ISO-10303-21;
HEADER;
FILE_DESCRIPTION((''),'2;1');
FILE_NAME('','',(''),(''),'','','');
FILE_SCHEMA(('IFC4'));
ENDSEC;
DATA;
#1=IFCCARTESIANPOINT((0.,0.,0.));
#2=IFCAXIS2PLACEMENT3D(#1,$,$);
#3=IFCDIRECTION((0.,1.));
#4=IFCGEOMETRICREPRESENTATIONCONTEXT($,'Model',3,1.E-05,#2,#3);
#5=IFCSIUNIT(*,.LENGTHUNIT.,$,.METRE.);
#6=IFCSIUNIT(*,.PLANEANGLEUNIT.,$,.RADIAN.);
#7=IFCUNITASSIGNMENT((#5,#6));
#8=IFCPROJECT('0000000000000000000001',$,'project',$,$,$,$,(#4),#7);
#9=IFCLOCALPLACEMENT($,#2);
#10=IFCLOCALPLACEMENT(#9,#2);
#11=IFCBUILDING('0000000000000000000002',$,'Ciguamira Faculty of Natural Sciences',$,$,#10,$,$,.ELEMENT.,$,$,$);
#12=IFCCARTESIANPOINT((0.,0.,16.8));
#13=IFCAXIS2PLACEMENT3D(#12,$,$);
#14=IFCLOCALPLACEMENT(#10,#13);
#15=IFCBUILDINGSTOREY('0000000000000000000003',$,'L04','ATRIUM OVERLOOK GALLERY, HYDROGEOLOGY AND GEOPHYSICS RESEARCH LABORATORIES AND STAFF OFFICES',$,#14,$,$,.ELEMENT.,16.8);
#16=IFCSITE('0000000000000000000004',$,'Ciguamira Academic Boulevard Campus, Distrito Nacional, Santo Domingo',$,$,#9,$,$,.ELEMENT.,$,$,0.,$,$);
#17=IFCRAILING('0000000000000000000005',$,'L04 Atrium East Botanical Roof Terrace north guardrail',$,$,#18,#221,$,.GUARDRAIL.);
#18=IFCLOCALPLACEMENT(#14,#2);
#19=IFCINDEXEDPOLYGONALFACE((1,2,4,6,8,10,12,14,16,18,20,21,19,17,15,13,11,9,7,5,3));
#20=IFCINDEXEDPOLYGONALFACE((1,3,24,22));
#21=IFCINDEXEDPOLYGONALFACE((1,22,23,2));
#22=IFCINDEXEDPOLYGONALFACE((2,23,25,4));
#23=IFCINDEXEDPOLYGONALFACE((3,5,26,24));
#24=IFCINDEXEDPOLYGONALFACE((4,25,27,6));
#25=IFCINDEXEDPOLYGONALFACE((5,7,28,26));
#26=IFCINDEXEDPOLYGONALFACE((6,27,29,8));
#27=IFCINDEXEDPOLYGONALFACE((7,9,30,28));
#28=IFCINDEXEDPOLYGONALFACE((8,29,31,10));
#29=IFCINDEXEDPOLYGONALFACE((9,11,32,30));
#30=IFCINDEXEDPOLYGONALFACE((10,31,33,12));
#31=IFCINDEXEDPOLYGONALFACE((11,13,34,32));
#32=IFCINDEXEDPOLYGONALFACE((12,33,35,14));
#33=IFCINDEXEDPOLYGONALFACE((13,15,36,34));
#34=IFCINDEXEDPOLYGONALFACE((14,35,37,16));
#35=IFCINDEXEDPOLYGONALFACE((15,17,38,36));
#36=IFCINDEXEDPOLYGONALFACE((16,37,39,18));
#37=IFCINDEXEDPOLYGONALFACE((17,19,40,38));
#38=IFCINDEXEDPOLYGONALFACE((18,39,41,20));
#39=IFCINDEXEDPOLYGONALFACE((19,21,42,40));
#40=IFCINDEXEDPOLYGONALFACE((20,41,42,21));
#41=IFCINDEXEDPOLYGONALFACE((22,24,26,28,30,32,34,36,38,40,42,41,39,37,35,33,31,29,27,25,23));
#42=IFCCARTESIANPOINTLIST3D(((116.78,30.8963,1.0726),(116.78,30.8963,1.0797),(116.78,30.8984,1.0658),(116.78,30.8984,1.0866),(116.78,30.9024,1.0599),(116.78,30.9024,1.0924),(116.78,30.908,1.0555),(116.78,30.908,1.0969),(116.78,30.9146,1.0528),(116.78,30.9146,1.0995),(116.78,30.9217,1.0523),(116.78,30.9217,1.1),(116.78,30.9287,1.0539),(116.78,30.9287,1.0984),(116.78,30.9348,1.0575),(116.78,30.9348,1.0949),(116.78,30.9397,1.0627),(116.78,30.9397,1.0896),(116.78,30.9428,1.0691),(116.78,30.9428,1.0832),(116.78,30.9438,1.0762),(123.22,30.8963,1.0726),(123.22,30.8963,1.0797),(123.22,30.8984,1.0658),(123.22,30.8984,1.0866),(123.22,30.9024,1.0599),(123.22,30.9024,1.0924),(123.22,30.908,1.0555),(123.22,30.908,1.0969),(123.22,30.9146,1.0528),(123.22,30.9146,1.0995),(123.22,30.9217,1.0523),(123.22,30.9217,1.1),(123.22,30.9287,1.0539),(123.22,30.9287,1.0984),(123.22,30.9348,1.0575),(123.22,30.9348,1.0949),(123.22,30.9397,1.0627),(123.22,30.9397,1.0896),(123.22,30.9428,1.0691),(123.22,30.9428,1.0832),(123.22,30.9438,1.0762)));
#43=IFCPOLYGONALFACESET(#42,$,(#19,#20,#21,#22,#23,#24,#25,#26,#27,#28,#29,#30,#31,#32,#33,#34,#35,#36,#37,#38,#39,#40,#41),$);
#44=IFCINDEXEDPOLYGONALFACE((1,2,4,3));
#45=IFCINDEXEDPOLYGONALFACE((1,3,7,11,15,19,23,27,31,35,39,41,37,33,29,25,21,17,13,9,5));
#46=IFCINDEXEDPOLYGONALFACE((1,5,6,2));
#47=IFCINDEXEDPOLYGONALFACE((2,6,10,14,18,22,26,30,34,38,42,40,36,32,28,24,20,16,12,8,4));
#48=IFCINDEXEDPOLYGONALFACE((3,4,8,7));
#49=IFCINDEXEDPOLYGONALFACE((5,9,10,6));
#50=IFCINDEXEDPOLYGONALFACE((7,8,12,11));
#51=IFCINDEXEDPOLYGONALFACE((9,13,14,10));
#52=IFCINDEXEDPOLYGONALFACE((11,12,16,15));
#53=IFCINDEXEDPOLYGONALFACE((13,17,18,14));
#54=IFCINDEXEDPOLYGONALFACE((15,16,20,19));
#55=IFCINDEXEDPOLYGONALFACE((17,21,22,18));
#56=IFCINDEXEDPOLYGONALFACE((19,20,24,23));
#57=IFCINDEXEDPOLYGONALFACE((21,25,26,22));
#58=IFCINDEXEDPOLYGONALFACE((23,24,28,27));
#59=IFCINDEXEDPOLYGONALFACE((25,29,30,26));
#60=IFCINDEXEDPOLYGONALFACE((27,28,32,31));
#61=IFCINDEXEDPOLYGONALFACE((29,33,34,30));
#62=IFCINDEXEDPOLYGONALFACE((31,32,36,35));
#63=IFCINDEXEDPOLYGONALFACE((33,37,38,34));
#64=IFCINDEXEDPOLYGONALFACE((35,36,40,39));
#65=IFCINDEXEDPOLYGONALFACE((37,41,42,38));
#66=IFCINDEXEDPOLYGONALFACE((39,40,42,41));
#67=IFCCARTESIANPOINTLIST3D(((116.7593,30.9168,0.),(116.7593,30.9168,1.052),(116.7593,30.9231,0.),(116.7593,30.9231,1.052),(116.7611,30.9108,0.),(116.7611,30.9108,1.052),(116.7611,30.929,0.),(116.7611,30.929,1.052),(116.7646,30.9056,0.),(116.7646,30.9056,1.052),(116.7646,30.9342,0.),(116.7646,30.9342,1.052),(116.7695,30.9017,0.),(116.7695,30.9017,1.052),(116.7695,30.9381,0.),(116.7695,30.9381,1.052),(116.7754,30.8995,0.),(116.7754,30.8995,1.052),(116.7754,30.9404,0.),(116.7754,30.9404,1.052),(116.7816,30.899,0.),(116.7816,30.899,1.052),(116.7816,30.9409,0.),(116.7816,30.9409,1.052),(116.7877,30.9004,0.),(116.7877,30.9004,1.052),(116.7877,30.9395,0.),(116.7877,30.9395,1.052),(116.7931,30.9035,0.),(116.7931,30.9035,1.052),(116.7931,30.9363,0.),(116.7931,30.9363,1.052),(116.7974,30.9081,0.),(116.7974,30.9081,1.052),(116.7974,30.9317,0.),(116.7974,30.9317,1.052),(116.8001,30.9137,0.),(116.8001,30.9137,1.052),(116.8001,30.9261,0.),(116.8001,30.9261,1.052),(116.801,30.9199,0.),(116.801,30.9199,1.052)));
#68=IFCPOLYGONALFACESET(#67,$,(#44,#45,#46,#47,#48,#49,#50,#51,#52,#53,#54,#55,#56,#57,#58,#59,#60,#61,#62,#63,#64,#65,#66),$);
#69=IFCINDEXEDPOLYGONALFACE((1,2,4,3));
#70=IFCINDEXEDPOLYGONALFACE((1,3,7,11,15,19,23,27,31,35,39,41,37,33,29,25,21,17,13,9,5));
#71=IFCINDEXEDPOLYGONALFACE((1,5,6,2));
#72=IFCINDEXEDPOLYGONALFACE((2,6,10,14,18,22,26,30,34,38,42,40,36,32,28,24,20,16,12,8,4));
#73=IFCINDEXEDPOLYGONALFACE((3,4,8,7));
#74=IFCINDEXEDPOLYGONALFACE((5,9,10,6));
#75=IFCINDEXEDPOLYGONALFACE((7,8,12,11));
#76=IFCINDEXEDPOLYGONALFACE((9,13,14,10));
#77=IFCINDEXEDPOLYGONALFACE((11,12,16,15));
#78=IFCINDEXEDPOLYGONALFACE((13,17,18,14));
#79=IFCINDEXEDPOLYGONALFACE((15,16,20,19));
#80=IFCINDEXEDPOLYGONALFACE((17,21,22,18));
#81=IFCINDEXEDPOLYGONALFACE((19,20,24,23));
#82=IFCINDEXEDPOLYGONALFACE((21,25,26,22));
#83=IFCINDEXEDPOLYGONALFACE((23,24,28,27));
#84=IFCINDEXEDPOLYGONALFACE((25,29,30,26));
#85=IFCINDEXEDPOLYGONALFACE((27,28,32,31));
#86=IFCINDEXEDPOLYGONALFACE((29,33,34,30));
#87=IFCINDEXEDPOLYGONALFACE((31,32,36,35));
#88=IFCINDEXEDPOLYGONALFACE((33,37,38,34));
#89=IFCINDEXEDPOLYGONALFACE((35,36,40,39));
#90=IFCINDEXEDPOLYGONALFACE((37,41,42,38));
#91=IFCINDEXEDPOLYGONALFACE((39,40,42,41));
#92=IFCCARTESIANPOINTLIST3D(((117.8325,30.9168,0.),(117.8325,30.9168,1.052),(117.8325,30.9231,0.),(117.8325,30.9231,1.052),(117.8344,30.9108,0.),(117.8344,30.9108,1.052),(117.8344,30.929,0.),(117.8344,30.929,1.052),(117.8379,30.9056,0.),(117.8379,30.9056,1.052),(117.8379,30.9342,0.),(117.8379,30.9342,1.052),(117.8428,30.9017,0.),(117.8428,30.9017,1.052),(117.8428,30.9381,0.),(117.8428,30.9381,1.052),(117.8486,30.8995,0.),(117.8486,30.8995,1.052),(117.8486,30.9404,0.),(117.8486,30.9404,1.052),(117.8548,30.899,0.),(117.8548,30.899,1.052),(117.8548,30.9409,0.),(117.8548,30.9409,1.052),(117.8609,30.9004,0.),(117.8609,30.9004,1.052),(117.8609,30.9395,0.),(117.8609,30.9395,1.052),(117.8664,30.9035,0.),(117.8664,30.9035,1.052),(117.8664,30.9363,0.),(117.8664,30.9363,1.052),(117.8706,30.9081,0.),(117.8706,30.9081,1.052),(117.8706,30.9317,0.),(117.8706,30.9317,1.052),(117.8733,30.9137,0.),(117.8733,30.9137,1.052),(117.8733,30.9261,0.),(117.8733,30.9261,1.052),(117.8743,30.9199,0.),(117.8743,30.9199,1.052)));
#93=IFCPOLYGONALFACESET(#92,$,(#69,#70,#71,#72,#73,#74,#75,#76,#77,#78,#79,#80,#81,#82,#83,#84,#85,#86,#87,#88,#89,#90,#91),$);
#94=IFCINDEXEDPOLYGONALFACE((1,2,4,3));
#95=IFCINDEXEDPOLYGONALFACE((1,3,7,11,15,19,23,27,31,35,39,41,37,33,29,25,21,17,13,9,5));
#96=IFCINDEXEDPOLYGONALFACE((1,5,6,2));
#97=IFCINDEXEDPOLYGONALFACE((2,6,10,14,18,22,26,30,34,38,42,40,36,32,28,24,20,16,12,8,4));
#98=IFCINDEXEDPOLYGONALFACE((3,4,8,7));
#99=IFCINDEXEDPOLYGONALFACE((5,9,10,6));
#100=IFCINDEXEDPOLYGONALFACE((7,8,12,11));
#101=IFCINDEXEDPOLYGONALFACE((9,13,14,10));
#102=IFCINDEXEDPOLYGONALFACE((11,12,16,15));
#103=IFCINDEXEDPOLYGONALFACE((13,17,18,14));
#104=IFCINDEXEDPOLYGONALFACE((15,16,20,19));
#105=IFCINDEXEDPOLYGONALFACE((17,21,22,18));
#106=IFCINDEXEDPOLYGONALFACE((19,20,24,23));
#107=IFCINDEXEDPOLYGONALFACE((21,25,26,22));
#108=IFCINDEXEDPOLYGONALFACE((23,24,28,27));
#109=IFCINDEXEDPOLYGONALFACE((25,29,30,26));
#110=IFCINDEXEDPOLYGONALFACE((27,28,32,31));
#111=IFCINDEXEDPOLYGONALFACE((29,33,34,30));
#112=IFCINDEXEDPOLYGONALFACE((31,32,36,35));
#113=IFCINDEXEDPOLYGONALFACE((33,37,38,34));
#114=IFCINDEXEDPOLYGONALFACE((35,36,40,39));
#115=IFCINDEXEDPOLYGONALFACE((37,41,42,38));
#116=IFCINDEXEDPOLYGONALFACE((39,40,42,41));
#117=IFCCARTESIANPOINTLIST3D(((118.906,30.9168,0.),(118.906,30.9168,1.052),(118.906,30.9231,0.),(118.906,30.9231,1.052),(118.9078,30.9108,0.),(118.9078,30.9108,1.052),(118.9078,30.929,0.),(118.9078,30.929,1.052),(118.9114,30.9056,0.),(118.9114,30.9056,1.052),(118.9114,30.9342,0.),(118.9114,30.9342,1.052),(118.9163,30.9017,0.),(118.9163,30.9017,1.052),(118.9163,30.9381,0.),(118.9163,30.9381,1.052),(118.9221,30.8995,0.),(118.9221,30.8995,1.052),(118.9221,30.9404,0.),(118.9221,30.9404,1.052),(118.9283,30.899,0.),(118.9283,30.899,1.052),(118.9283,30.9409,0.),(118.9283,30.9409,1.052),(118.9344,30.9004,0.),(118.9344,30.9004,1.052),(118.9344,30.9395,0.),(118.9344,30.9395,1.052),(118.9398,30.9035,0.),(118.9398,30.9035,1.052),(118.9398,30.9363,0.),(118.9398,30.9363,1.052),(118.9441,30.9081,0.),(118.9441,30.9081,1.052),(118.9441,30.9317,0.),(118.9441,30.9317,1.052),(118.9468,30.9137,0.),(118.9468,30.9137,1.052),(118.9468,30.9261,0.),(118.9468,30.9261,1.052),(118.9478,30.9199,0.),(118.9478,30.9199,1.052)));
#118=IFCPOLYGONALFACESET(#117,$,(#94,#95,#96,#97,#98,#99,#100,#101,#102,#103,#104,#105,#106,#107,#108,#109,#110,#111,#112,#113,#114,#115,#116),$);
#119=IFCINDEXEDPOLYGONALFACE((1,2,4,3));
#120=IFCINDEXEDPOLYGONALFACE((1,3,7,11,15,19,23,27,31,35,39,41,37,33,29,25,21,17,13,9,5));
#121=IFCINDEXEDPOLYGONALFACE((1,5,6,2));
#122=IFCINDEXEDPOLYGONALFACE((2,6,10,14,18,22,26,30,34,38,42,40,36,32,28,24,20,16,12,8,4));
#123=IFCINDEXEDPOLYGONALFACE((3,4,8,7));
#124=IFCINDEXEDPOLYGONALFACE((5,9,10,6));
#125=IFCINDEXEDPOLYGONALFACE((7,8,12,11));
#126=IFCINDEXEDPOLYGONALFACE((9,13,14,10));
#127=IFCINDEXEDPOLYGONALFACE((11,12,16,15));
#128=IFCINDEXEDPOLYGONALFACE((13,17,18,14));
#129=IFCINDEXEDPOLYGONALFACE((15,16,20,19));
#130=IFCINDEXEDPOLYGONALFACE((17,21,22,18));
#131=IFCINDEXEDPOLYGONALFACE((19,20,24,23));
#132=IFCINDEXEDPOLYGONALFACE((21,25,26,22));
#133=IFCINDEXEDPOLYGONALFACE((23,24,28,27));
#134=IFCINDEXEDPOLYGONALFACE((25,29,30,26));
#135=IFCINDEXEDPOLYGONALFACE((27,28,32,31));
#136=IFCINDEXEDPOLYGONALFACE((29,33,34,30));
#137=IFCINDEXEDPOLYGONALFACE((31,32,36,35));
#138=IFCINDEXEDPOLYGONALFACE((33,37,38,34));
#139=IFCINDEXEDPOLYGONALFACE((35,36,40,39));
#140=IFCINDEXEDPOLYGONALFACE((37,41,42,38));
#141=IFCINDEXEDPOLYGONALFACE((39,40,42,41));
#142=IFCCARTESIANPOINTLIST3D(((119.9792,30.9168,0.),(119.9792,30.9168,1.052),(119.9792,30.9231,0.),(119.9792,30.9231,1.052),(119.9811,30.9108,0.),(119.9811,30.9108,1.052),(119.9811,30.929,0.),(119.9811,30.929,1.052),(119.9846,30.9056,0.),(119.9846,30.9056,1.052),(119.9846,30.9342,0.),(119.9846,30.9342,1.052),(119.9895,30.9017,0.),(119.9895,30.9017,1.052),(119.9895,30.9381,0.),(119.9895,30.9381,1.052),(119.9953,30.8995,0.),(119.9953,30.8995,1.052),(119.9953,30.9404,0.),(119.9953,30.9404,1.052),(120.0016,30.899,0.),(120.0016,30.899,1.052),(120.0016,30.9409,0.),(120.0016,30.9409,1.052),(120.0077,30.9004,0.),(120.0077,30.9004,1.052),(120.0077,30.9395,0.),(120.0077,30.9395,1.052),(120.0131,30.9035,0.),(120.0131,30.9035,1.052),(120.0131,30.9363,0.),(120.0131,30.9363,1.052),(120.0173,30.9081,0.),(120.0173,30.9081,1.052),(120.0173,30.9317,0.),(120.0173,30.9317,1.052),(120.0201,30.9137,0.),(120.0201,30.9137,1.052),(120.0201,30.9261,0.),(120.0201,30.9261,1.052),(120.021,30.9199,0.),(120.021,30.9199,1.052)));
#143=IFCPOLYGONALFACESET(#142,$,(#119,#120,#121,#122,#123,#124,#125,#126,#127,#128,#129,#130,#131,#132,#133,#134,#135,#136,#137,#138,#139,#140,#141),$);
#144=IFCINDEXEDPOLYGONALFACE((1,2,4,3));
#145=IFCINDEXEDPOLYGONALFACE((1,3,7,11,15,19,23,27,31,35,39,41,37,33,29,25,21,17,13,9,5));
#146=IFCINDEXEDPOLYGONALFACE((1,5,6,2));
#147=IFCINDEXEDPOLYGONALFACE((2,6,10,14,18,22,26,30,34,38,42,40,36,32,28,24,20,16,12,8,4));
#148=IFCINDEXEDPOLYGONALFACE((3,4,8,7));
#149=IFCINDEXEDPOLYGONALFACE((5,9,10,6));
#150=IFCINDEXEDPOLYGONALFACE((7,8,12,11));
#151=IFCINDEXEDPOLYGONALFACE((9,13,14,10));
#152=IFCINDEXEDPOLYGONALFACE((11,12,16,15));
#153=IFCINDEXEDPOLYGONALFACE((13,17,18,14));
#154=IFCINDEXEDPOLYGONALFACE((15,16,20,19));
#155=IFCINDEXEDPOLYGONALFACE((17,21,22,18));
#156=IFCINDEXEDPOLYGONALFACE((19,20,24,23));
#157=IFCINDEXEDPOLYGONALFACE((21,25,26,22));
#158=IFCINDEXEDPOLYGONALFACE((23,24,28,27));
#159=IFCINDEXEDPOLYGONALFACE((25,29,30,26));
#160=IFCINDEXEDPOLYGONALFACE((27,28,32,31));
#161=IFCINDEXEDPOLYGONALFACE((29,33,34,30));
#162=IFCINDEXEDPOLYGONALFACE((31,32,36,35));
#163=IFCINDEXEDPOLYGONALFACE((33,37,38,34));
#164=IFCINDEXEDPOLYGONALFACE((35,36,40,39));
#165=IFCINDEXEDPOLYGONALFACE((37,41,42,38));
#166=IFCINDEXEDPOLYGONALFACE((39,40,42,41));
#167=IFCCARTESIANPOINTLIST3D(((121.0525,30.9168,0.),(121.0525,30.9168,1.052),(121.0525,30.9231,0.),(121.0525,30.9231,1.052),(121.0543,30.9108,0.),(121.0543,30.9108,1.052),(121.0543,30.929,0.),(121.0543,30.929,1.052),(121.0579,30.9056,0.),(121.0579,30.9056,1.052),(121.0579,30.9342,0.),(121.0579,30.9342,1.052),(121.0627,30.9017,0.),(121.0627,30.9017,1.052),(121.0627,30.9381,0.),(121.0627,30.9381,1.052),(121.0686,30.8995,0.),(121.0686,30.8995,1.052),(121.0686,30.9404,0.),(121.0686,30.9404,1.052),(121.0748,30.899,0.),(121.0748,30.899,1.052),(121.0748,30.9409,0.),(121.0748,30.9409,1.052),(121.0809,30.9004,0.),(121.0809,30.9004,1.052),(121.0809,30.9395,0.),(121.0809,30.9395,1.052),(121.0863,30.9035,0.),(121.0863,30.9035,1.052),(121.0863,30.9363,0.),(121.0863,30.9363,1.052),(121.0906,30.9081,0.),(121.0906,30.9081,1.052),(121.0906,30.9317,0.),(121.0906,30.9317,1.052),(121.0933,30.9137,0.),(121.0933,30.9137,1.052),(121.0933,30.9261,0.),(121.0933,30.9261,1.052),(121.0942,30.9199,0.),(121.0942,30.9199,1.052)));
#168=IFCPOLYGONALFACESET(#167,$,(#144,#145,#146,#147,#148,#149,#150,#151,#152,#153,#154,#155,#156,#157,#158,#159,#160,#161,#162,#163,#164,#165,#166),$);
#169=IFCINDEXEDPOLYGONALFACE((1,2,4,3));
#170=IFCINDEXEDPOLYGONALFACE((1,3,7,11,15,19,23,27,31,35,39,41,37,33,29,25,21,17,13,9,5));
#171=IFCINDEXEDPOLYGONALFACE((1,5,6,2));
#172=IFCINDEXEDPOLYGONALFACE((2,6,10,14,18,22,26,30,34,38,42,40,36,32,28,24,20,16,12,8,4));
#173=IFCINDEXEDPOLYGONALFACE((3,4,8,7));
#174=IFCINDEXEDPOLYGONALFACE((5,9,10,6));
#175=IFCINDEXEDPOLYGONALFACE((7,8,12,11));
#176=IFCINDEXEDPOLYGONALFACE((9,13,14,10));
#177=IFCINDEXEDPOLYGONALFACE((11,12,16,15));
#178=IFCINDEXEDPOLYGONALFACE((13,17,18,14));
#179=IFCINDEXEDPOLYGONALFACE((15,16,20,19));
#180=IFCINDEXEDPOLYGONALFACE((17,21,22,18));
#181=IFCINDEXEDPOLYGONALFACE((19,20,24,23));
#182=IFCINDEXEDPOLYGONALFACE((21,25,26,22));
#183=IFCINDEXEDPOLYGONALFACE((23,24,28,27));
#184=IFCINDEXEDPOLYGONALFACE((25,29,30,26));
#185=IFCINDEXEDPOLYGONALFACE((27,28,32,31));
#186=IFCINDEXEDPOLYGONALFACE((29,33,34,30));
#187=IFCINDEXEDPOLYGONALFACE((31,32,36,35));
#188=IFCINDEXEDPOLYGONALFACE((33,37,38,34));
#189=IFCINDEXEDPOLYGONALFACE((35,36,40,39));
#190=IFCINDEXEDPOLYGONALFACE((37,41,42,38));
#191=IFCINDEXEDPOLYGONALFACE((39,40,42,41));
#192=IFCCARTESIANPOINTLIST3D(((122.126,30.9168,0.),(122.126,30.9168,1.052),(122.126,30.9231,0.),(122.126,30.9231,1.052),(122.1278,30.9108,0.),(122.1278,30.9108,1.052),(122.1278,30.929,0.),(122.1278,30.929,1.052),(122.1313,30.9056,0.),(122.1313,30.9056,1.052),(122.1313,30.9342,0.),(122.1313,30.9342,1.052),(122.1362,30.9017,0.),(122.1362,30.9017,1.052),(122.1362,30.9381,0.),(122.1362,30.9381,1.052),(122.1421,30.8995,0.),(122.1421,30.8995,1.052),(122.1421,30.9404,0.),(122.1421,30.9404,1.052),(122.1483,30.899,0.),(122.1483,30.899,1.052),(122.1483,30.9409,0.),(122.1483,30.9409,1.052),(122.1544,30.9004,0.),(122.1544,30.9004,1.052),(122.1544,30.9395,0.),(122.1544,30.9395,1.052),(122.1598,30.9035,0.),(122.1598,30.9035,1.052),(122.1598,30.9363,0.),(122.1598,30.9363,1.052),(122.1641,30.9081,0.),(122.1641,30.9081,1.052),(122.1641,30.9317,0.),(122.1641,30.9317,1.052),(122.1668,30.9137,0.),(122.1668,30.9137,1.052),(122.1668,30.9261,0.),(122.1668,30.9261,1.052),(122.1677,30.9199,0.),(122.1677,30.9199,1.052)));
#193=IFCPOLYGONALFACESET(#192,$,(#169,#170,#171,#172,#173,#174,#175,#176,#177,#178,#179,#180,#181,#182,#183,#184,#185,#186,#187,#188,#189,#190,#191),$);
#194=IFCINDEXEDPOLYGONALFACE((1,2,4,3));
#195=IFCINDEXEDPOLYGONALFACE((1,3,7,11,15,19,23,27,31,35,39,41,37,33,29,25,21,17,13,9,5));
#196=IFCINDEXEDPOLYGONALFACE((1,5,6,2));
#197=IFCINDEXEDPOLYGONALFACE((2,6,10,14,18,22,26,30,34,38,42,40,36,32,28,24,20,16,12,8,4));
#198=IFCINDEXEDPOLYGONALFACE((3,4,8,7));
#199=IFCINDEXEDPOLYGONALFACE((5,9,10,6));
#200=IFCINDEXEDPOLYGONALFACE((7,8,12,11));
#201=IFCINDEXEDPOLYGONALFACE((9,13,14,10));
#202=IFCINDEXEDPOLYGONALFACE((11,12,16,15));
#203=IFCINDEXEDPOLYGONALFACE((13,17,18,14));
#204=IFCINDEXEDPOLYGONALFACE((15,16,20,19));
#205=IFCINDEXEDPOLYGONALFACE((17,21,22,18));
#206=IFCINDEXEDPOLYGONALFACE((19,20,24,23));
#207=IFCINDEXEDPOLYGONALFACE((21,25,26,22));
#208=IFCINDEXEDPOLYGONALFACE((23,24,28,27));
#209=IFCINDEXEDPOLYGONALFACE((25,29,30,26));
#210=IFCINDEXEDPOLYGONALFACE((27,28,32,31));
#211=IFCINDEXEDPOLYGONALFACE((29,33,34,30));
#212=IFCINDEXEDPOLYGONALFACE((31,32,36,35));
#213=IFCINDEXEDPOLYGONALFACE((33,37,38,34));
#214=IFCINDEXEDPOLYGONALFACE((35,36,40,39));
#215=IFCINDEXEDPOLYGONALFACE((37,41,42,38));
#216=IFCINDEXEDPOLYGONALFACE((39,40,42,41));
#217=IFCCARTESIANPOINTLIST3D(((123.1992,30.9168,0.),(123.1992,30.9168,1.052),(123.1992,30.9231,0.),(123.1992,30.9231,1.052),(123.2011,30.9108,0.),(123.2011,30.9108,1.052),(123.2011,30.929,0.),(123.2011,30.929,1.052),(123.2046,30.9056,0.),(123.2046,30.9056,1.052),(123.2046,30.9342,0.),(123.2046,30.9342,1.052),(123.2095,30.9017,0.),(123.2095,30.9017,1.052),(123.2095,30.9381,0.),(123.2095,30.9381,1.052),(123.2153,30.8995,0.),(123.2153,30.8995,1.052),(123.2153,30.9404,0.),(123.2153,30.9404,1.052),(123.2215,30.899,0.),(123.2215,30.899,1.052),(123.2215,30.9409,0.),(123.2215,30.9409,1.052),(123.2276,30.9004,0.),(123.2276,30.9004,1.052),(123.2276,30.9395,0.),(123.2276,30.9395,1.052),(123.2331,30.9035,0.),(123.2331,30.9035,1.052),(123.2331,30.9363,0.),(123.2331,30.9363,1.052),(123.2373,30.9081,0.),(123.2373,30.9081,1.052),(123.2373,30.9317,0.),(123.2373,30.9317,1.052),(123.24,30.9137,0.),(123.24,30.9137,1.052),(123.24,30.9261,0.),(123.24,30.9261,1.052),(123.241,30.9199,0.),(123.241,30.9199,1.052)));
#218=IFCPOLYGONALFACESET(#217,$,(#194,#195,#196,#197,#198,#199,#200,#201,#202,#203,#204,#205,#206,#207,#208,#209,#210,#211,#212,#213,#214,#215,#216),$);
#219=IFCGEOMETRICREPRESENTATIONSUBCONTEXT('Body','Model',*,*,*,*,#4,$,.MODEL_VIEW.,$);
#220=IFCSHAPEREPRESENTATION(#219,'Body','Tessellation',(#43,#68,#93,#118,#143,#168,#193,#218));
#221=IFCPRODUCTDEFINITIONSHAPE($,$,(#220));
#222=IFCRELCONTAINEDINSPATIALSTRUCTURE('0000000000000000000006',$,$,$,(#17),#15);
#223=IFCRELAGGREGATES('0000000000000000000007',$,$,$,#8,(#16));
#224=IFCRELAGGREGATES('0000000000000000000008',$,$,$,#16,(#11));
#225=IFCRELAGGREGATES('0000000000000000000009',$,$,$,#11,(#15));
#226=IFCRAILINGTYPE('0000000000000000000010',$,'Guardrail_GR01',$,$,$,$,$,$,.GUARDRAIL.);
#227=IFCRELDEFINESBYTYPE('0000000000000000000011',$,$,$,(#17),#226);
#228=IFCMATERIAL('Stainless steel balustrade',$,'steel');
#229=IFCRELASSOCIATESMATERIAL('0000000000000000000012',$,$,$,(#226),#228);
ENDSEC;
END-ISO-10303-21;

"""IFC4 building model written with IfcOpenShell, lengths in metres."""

from ifc_helpers import new_model, si_unit, direction, frame, origin, origin_2d, place, context, subcontext, project, spatial, circle, extrude, material, type_object, element, save


model = new_model("IFC4")

# Units and contexts
model_context = context("Model", 3, precision=1e-05, world=origin(), true_north=direction((0.0, 1.0)))
body_context = subcontext(model_context, "Body", "Model", "MODEL_VIEW")
ifc_project = project(units=[si_unit("LENGTHUNIT", "METRE"), si_unit("PLANEANGLEUNIT", "RADIAN")], contexts=[model_context])

# Site, building, storey
site_placement = place(None, origin())
site = spatial("IfcSite", under=ifc_project, at=site_placement, Name="Ciguamira Academic Boulevard Campus, Distrito Nacional, Santo Domingo", CompositionType="ELEMENT", RefElevation=0.0)
building_placement = place(site_placement, origin())
building = spatial("IfcBuilding", under=site, at=building_placement, Name="Ciguamira Faculty of Natural Sciences", CompositionType="ELEMENT")
storey_placement = place(building_placement, frame((0.0, 0.0, 16.8)))
storey = spatial("IfcBuildingStorey", under=building, at=storey_placement, Name="L04", Description="ATRIUM OVERLOOK GALLERY, HYDROGEOLOGY AND GEOPHYSICS RESEARCH LABORATORIES AND STAFF OFFICES", CompositionType="ELEMENT", Elevation=16.8)

# Railing
ifc_material_1 = material(Name="Stainless steel balustrade", Category="steel")
railing_type = type_object("IfcRailingType", Name="Guardrail_GR01", PredefinedType="GUARDRAIL", material=ifc_material_1)
railing_placement = place(storey_placement, frame((116.78, 30.9199, 0.0)))
element("IfcRailing", 1, at=railing_placement, inside=storey, type_object=railing_type, Name="L04 Atrium East Botanical Roof Terrace north guardrail", PredefinedType="GUARDRAIL", context=body_context, shape_type="SweptSolid", body=[
    extrude(circle(Radius=0.0239, at=origin_2d()), frame((0.0, 0.0, 1.0762), z_axis=(1.0, 0.0, 0.0), x_axis=(0.0, 1.0, 0.0)), (0.0, 0.0, 1.0), 6.4399),
    extrude(circle(Radius=0.021, at=origin_2d()), origin(), (0.0, 0.0, 1.0), 1.052),
    extrude(circle(Radius=0.021, at=origin_2d()), frame((1.0732, 0.0, 0.0)), (0.0, 0.0, 1.0), 1.052),
    extrude(circle(Radius=0.021, at=origin_2d()), frame((2.1467, 0.0, 0.0)), (0.0, 0.0, 1.0), 1.052),
    extrude(circle(Radius=0.021, at=origin_2d()), frame((3.22, 0.0, 0.0)), (0.0, 0.0, 1.0), 1.052),
    extrude(circle(Radius=0.021, at=origin_2d()), frame((4.2932, 0.0, 0.0)), (0.0, 0.0, 1.0), 1.052),
    extrude(circle(Radius=0.021, at=origin_2d()), frame((5.3667, 0.0, 0.0)), (0.0, 0.0, 1.0), 1.052),
    extrude(circle(Radius=0.021, at=origin_2d()), frame((6.4399, 0.0, 0.0)), (0.0, 0.0, 1.0), 1.052),
])

save(model, "model.ifc")
